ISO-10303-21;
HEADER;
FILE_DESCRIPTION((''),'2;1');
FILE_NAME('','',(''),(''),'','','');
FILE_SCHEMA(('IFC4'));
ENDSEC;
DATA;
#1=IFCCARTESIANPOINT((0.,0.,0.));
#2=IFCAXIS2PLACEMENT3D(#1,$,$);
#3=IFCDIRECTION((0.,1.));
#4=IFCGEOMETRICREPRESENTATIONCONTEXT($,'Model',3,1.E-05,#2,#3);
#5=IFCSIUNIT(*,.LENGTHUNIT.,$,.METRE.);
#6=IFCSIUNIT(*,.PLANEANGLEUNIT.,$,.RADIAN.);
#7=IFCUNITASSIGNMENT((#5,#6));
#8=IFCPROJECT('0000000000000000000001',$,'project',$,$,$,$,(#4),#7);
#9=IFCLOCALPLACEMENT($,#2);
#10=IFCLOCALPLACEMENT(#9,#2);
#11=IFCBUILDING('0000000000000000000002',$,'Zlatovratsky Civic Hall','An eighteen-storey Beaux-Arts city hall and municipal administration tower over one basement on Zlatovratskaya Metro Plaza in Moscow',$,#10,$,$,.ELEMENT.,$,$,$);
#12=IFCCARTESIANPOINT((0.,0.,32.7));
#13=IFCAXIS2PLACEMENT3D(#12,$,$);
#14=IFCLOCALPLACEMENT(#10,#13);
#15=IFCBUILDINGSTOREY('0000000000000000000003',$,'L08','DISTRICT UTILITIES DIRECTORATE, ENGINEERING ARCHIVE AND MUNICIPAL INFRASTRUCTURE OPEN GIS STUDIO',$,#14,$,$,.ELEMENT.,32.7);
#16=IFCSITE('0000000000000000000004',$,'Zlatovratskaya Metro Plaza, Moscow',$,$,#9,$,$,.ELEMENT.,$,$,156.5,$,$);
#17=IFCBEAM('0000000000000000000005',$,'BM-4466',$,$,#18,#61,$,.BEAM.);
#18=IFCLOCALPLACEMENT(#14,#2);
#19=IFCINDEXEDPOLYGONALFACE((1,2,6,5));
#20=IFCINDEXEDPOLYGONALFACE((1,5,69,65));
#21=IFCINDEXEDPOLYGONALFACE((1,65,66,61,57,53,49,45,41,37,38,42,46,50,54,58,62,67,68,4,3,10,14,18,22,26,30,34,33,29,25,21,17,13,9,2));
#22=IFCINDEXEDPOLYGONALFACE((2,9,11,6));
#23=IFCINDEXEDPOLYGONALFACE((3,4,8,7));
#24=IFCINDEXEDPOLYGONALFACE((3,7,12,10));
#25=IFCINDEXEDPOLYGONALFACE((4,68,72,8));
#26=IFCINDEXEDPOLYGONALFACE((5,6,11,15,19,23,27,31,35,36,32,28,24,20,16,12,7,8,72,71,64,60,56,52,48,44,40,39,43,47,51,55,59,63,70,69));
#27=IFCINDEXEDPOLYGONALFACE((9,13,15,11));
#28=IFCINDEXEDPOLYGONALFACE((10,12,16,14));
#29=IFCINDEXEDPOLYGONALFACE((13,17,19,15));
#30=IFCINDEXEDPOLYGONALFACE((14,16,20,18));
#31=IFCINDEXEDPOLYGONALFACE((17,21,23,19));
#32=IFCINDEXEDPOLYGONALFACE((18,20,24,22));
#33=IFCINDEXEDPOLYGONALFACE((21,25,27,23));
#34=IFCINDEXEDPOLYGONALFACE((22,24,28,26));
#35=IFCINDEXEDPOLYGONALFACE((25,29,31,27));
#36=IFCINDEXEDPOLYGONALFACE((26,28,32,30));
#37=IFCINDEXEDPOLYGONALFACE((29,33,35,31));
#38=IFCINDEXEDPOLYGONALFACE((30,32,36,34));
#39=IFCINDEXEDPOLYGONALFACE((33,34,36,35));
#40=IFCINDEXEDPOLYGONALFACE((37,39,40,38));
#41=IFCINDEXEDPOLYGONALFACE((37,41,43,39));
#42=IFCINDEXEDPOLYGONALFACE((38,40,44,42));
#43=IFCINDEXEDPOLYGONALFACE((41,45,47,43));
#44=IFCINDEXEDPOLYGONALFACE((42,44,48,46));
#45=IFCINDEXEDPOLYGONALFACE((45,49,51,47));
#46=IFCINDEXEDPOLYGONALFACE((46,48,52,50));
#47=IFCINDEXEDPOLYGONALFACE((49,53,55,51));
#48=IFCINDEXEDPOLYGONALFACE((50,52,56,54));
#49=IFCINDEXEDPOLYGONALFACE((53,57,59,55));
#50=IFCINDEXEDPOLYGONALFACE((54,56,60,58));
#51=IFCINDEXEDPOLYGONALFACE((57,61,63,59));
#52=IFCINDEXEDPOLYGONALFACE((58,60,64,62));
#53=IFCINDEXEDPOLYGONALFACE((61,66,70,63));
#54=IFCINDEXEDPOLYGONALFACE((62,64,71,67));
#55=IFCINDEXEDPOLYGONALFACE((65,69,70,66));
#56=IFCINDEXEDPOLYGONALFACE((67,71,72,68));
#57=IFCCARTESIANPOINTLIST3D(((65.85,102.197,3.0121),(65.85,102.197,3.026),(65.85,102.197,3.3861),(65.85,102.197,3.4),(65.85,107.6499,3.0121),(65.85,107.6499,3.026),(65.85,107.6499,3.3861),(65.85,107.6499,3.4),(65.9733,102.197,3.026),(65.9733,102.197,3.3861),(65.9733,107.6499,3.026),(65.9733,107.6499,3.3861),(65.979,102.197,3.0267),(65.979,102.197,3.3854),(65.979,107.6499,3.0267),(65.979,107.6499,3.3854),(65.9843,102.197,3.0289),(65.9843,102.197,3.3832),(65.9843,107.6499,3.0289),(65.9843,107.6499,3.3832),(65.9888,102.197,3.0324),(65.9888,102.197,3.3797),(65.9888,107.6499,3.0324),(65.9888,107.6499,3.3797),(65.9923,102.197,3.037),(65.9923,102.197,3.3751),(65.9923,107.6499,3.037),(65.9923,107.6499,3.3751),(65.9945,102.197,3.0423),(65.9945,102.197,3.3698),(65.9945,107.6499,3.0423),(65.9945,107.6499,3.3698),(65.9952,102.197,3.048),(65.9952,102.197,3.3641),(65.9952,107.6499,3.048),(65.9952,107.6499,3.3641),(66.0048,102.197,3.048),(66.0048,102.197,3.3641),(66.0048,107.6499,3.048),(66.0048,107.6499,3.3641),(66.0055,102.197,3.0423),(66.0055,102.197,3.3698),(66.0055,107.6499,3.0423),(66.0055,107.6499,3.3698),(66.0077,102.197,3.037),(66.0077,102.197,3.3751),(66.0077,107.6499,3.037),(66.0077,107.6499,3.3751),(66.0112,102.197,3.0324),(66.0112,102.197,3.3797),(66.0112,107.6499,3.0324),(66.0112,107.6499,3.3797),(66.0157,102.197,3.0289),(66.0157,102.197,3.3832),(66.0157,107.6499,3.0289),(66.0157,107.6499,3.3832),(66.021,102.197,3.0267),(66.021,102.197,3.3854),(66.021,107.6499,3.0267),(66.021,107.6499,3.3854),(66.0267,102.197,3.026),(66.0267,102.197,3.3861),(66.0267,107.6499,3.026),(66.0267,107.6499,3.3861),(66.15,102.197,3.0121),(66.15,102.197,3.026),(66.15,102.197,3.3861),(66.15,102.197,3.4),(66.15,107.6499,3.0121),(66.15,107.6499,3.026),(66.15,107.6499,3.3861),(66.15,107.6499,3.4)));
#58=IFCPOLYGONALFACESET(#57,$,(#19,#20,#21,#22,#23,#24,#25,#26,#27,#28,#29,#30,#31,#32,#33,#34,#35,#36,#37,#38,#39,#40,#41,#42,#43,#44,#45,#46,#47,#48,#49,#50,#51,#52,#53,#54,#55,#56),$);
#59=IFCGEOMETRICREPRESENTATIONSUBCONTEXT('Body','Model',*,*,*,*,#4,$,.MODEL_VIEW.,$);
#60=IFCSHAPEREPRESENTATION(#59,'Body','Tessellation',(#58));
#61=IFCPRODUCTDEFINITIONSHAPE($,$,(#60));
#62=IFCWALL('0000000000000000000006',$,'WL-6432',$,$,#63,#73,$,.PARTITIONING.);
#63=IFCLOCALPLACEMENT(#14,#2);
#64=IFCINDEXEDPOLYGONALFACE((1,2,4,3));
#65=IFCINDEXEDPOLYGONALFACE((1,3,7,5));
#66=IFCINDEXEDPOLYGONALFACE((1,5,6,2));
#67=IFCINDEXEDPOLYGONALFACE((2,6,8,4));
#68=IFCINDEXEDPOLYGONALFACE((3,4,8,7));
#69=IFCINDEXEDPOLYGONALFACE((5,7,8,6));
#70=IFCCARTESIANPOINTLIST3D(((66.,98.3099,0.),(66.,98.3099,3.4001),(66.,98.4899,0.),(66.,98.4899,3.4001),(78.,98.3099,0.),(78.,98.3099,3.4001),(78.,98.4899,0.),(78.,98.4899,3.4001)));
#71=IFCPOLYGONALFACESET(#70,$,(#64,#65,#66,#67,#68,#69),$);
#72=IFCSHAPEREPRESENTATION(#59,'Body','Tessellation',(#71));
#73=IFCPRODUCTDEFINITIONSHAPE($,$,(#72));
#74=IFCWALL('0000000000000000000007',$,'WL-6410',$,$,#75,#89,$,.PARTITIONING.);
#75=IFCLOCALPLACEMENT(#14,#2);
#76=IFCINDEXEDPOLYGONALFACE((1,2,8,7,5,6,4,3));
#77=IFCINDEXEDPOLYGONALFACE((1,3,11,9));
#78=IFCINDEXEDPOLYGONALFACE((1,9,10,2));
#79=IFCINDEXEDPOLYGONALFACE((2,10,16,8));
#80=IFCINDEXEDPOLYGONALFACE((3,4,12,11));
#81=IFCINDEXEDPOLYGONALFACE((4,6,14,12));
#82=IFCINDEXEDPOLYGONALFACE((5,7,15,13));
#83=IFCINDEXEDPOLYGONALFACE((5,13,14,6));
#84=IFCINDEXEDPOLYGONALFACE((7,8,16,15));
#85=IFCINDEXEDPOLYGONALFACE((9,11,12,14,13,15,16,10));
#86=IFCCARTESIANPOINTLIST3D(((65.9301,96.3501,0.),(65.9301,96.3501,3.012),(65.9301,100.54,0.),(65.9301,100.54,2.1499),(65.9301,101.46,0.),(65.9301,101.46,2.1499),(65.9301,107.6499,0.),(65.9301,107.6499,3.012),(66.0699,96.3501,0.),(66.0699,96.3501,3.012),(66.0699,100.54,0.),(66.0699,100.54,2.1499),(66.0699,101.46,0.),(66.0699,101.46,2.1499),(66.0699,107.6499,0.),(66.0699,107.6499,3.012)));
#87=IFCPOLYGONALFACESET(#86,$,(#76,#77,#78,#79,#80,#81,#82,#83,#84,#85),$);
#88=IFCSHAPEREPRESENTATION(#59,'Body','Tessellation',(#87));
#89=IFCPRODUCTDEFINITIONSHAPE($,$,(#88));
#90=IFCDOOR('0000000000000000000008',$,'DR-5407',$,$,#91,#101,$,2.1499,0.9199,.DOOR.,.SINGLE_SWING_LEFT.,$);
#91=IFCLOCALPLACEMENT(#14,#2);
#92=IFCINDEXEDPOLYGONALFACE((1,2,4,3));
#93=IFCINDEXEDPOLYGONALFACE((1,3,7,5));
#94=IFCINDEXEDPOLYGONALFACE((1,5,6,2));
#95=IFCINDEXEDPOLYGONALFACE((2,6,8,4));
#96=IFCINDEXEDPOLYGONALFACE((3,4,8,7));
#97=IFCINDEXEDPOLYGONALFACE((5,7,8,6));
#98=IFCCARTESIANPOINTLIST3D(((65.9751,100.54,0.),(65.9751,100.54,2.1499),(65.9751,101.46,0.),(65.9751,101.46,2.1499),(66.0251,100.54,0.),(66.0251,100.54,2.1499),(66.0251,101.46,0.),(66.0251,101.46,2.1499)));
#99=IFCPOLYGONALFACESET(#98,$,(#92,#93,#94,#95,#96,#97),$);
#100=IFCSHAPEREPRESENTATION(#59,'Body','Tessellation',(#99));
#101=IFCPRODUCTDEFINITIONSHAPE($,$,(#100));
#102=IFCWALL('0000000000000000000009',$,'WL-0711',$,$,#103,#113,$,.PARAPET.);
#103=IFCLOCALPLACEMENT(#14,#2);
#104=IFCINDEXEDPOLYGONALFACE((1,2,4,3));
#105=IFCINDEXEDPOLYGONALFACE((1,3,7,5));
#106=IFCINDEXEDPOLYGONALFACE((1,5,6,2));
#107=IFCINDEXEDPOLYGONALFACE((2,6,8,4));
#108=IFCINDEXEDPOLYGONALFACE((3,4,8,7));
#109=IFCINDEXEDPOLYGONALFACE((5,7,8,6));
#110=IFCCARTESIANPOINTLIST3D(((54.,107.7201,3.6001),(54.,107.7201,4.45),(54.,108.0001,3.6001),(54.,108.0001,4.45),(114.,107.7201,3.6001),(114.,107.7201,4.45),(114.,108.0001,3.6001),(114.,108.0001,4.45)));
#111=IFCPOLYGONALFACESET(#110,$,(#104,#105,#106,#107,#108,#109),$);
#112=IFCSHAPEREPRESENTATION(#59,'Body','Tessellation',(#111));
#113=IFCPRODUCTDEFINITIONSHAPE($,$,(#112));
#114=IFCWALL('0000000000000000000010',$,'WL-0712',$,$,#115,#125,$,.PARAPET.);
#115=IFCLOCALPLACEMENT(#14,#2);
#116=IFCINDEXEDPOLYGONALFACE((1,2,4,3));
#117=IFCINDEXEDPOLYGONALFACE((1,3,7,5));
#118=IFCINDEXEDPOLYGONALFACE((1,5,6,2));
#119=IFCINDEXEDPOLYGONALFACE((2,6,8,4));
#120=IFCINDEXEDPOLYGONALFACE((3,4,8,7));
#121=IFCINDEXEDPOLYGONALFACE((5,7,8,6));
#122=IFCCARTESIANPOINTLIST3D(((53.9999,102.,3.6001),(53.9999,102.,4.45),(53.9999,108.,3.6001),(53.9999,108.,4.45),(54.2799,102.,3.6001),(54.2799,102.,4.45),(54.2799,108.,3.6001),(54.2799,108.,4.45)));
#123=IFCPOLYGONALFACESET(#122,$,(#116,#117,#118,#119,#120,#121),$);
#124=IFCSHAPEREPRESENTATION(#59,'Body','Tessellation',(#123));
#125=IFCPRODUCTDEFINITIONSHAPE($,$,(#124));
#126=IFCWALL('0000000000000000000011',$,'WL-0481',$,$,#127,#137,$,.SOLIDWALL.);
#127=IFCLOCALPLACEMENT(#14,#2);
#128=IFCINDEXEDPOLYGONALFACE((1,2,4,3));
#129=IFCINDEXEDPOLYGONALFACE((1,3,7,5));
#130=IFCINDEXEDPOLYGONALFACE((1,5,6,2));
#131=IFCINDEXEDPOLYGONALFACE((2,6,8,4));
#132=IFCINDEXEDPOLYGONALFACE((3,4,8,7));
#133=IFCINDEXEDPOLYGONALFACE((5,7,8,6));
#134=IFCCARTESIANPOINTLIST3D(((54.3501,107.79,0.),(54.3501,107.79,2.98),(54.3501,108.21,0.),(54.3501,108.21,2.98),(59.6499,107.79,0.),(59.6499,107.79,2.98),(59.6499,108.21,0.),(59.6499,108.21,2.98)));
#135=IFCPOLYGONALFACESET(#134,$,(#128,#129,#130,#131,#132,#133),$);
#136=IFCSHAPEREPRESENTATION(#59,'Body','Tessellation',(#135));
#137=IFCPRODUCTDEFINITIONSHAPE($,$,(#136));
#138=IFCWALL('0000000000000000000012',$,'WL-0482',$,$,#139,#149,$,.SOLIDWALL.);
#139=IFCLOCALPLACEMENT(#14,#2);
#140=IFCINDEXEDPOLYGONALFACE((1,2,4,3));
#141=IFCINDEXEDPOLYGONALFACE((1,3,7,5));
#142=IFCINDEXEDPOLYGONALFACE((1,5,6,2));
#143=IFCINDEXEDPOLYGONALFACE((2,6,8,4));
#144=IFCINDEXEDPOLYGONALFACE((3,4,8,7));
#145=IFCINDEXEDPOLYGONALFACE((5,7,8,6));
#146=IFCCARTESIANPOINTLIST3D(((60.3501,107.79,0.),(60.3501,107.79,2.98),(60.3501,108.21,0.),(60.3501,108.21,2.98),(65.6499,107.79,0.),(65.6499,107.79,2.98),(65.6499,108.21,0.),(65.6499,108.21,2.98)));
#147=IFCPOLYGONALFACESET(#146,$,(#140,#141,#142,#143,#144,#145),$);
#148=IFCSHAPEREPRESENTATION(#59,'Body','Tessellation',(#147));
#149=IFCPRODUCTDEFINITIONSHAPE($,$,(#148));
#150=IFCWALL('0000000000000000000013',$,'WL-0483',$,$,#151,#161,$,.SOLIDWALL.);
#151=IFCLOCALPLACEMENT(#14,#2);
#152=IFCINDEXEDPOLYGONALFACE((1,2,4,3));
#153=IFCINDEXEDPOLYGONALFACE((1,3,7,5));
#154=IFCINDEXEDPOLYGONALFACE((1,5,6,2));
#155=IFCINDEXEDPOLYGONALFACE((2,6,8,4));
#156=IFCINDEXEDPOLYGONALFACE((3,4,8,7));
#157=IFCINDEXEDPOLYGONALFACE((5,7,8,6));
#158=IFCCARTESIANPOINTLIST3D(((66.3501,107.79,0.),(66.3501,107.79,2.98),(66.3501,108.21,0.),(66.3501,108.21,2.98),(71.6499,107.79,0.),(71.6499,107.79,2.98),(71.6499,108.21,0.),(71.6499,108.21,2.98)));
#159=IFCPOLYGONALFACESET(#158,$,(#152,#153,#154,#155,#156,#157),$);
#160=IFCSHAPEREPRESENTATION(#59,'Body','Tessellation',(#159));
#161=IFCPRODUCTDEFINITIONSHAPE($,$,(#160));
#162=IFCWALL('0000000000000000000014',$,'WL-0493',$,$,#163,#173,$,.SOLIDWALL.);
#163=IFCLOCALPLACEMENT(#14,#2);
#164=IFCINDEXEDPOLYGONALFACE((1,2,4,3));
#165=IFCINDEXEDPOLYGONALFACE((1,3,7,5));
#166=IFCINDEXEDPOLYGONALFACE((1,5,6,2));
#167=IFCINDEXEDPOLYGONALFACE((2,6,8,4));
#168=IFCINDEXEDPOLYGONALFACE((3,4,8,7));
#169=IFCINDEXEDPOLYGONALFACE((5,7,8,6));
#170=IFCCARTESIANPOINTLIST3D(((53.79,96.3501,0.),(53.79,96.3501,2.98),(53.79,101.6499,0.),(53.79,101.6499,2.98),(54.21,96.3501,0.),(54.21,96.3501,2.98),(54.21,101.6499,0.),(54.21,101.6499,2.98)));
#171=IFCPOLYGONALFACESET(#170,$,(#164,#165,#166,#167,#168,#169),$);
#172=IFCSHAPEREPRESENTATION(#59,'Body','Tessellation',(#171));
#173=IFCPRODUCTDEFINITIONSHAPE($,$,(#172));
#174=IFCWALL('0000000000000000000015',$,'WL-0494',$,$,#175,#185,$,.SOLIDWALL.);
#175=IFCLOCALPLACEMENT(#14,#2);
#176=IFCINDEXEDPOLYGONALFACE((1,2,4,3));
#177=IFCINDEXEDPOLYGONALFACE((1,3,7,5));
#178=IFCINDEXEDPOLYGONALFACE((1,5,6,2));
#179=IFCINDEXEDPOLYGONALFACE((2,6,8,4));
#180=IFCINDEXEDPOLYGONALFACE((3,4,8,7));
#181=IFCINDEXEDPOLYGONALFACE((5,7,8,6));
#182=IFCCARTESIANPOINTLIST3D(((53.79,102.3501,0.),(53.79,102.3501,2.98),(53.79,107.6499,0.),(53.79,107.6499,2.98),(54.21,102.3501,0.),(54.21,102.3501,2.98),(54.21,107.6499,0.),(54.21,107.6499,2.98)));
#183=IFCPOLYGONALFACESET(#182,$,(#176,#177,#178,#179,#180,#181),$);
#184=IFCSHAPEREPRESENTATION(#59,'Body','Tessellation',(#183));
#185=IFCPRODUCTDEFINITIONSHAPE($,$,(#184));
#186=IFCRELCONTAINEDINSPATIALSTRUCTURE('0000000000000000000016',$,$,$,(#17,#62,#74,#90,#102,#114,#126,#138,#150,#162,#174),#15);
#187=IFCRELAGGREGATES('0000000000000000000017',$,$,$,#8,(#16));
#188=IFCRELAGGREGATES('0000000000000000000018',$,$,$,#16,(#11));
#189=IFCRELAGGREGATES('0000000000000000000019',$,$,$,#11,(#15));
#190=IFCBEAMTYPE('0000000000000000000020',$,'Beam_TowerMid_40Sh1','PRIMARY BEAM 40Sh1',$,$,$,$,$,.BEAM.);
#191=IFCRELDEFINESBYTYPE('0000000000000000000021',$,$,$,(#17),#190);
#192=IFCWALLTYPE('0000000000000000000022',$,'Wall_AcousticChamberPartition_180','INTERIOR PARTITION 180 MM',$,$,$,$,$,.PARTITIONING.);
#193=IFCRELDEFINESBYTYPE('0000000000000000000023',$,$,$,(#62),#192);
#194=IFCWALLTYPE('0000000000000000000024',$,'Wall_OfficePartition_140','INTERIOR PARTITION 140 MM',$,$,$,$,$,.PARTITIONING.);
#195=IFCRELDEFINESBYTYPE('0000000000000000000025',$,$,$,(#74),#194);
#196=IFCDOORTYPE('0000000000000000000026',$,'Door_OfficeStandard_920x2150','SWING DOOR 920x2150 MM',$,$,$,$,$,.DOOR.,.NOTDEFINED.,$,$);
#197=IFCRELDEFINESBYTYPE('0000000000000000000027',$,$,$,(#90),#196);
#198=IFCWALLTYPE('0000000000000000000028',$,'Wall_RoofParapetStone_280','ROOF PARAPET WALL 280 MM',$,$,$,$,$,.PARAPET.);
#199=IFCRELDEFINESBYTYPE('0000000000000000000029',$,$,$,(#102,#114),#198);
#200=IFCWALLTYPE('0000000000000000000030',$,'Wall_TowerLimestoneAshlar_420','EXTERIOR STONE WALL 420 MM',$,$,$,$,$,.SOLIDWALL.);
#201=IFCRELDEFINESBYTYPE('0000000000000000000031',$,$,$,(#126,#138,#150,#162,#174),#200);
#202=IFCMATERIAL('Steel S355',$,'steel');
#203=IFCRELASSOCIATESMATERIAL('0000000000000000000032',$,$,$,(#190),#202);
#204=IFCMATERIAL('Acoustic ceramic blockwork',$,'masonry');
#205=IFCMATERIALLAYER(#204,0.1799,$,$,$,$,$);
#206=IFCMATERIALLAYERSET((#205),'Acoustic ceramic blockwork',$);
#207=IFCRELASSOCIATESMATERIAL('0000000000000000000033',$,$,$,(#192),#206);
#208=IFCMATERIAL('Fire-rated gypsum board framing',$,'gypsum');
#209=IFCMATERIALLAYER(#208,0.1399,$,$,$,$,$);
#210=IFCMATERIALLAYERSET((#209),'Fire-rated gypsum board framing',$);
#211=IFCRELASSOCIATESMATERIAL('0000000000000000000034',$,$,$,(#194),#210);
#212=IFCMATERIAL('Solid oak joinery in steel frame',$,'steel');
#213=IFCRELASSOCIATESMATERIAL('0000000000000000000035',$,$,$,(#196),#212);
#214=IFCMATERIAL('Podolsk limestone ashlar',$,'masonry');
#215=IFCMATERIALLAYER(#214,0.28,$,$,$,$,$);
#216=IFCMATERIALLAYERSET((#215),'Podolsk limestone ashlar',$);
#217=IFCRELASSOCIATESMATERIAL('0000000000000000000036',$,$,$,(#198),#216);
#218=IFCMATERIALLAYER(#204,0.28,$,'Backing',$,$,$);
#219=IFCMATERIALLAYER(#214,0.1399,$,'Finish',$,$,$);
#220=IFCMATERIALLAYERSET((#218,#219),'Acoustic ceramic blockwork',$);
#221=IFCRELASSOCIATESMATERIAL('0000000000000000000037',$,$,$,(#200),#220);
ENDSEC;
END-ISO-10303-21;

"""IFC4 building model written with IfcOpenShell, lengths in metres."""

from ifc_helpers import new_model, si_unit, direction, frame, frame_2d, origin, origin_2d, place, context, subcontext, project, spatial, rectangle, i_section, extrude, material, layer, layer_set, material_profile, profile_set, type_object, element, fill, save


model = new_model("IFC4")

# Units and contexts
model_context = context("Model", 3, precision=1e-05, world=origin(), true_north=direction((0.0, 1.0)))
body_context = subcontext(model_context, "Body", "Model", "MODEL_VIEW")
ifc_project = project(units=[si_unit("LENGTHUNIT", "METRE"), si_unit("PLANEANGLEUNIT", "RADIAN")], contexts=[model_context])

# Site, building, storey
site_placement = place(None, origin())
site = spatial("IfcSite", under=ifc_project, at=site_placement, Name="Zlatovratskaya Metro Plaza, Moscow", CompositionType="ELEMENT", RefElevation=156.5)
building_placement = place(site_placement, origin())
building = spatial("IfcBuilding", under=site, at=building_placement, Name="Zlatovratsky Civic Hall", Description="An eighteen-storey Beaux-Arts city hall and municipal administration tower over one basement on Zlatovratskaya Metro Plaza in Moscow", CompositionType="ELEMENT")
storey_placement = place(building_placement, frame((0.0, 0.0, 32.7)))
storey = spatial("IfcBuildingStorey", under=building, at=storey_placement, Name="L08", Description="DISTRICT UTILITIES DIRECTORATE, ENGINEERING ARCHIVE AND MUNICIPAL INFRASTRUCTURE OPEN GIS STUDIO", CompositionType="ELEMENT", Elevation=32.7)

# Shared definitions
ifc_material_1 = material(Name="Steel S355", Category="steel")

# Beam
ifc_material_profile_1 = material_profile(ifc_material_1, i_section(OverallWidth=0.3, OverallDepth=0.3879, WebThickness=0.0095, FlangeThickness=0.0139, FilletRadius=0.022, at=origin_2d()), Name="40Sh1")
ifc_profile_set_1 = profile_set([ifc_material_profile_1], Name="Steel S355")
beam_type_1 = type_object("IfcBeamType", Name="Beam_TowerMid_40Sh1", Description="PRIMARY BEAM 40Sh1", PredefinedType="BEAM", material=ifc_profile_set_1)
for number, where, z_axis, x_axis, name in (
    (1, (66.0, 102.197, 3.2061), (0.0, 1.0, 0.0), (-1.0, 0.0, 0.0), "BM-4466"),
):
    element("IfcBeam", number, at=place(storey_placement, frame(where, z_axis=z_axis, x_axis=x_axis)), inside=storey, type_object=beam_type_1, Name=name, PredefinedType="BEAM", context=body_context, shape_type="SweptSolid", body=[
        extrude(i_section(OverallWidth=0.3, OverallDepth=0.3879, WebThickness=0.0095, FlangeThickness=0.0139, FilletRadius=0.022, at=origin_2d()), origin(), (0.0, 0.0, 1.0), 5.4529),
    ])

# Wall
ifc_material_2 = material(Name="Acoustic ceramic blockwork", Category="masonry")
ifc_layer_1 = layer(ifc_material_2, 0.1799)
ifc_layer_set_1 = layer_set([ifc_layer_1], Name="Acoustic ceramic blockwork")
wall_type_1 = type_object("IfcWallType", Name="Wall_AcousticChamberPartition_180", Description="INTERIOR PARTITION 180 MM", PredefinedType="PARTITIONING", material=ifc_layer_set_1)
wall_1_placement = place(storey_placement, frame((66.0, 98.3999, 0.0), z_axis=(0.0, 0.0, 1.0), x_axis=(1.0, 0.0, 0.0)))
element("IfcWall", 2, at=wall_1_placement, inside=storey, type_object=wall_type_1, Name="WL-6432", PredefinedType="PARTITIONING", context=body_context, shape_type="SweptSolid", body=[
    extrude(rectangle(XDim=12.0, YDim=0.1799, at=frame_2d((6.0, 0.0))), origin(), (0.0, 0.0, 1.0), 3.4001),
])

# Wall, opening, door
ifc_material_3 = material(Name="Fire-rated gypsum board framing", Category="gypsum")
ifc_layer_2 = layer(ifc_material_3, 0.1399)
ifc_layer_set_2 = layer_set([ifc_layer_2], Name="Fire-rated gypsum board framing")
wall_type_2 = type_object("IfcWallType", Name="Wall_OfficePartition_140", Description="INTERIOR PARTITION 140 MM", PredefinedType="PARTITIONING", material=ifc_layer_set_2)
wall_2_placement = place(storey_placement, frame((66.0, 96.3501, 0.0), z_axis=(0.0, 0.0, 1.0), x_axis=(0.0, 1.0, 0.0)))
wall_2 = element("IfcWall", 3, at=wall_2_placement, inside=storey, type_object=wall_type_2, Name="WL-6410", PredefinedType="PARTITIONING", context=body_context, shape_type="SweptSolid", body=[
    extrude(rectangle(XDim=11.2998, YDim=0.1399, at=frame_2d((5.6499, 0.0))), origin(), (0.0, 0.0, 1.0), 3.012),
])
opening_placement = place(wall_2_placement, frame((4.1899, 0.0, 0.0)))
opening = element("IfcOpeningElement", 4, at=opening_placement, cuts=wall_2, PredefinedType="OPENING", context=body_context, shape_type="SweptSolid", body=[
    extrude(rectangle(XDim=0.9199, YDim=2.1499, at=frame_2d((0.46, 1.075))), frame((0.0, 0.085, 0.0), z_axis=(0.0, -1.0, 0.0), x_axis=(1.0, 0.0, 0.0)), (0.0, 0.0, 1.0), 0.1697),
])
ifc_material_4 = material(Name="Solid oak joinery in steel frame", Category="steel")
door_type = type_object("IfcDoorType", Name="Door_OfficeStandard_920x2150", Description="SWING DOOR 920x2150 MM", OperationType="NOTDEFINED", PredefinedType="DOOR", material=ifc_material_4)
door_placement = place(opening_placement, origin())
door = element("IfcDoor", 5, at=door_placement, inside=storey, type_object=door_type, Name="DR-5407", OperationType="SINGLE_SWING_LEFT", OverallHeight=2.1499, OverallWidth=0.9199, PredefinedType="DOOR", context=body_context, shape_type="SweptSolid", body=[
    extrude(rectangle(XDim=0.9199, YDim=2.1499, at=frame_2d((0.46, 1.075))), frame((0.0, 0.0249, 0.0), z_axis=(0.0, -1.0, 0.0), x_axis=(1.0, 0.0, 0.0)), (0.0, 0.0, 1.0), 0.05),
])
fill(opening, door)

# Walls
ifc_material_5 = material(Name="Podolsk limestone ashlar", Category="masonry")
ifc_layer_3 = layer(ifc_material_5, 0.28)
ifc_layer_set_3 = layer_set([ifc_layer_3], Name="Podolsk limestone ashlar")
wall_type_3 = type_object("IfcWallType", Name="Wall_RoofParapetStone_280", Description="ROOF PARAPET WALL 280 MM", PredefinedType="PARAPET", material=ifc_layer_set_3)
wall_3_placement = place(storey_placement, frame((54.0, 107.8601, 3.6001), z_axis=(0.0, 0.0, 1.0), x_axis=(1.0, 0.0, 0.0)))
element("IfcWall", 6, at=wall_3_placement, inside=storey, type_object=wall_type_3, Name="WL-0711", PredefinedType="PARAPET", context=body_context, shape_type="SweptSolid", body=[
    extrude(rectangle(XDim=60.0, YDim=0.28, at=frame_2d((30.0, 0.0))), origin(), (0.0, 0.0, 1.0), 0.8499),
])
wall_4_placement = place(storey_placement, frame((54.1399, 102.0, 3.6001), z_axis=(0.0, 0.0, 1.0), x_axis=(0.0, 1.0, 0.0)))
element("IfcWall", 7, at=wall_4_placement, inside=storey, type_object=wall_type_3, Name="WL-0712", PredefinedType="PARAPET", context=body_context, shape_type="SweptSolid", body=[
    extrude(rectangle(XDim=6.0, YDim=0.28, at=frame_2d((3.0, 0.0))), origin(), (0.0, 0.0, 1.0), 0.8499),
])
ifc_layer_4 = layer(ifc_material_2, 0.28, Name="Backing")
ifc_layer_5 = layer(ifc_material_5, 0.1399, Name="Finish")
ifc_layer_set_4 = layer_set([ifc_layer_4, ifc_layer_5], Name="Acoustic ceramic blockwork")
wall_type_4 = type_object("IfcWallType", Name="Wall_TowerLimestoneAshlar_420", Description="EXTERIOR STONE WALL 420 MM", PredefinedType="SOLIDWALL", material=ifc_layer_set_4)
for number, where, z_axis, x_axis, name in (
    (8, (54.3501, 108.0, 0.0), (0.0, 0.0, 1.0), (1.0, 0.0, 0.0), "WL-0481"),
    (9, (60.3501, 108.0, 0.0), (0.0, 0.0, 1.0), (1.0, 0.0, 0.0), "WL-0482"),
    (10, (66.3501, 108.0, 0.0), (0.0, 0.0, 1.0), (1.0, 0.0, 0.0), "WL-0483"),
    (11, (54.0, 96.3501, 0.0), (0.0, 0.0, 1.0), (0.0, 1.0, 0.0), "WL-0493"),
    (12, (54.0, 102.3501, 0.0), (0.0, 0.0, 1.0), (0.0, 1.0, 0.0), "WL-0494"),
):
    element("IfcWall", number, at=place(storey_placement, frame(where, z_axis=z_axis, x_axis=x_axis)), inside=storey, type_object=wall_type_4, Name=name, PredefinedType="SOLIDWALL", context=body_context, shape_type="SweptSolid", body=[
        extrude(rectangle(XDim=5.2998, YDim=0.4199, at=frame_2d((2.6499, 0.0))), origin(), (0.0, 0.0, 1.0), 2.98),
    ])

save(model, "model.ifc")
